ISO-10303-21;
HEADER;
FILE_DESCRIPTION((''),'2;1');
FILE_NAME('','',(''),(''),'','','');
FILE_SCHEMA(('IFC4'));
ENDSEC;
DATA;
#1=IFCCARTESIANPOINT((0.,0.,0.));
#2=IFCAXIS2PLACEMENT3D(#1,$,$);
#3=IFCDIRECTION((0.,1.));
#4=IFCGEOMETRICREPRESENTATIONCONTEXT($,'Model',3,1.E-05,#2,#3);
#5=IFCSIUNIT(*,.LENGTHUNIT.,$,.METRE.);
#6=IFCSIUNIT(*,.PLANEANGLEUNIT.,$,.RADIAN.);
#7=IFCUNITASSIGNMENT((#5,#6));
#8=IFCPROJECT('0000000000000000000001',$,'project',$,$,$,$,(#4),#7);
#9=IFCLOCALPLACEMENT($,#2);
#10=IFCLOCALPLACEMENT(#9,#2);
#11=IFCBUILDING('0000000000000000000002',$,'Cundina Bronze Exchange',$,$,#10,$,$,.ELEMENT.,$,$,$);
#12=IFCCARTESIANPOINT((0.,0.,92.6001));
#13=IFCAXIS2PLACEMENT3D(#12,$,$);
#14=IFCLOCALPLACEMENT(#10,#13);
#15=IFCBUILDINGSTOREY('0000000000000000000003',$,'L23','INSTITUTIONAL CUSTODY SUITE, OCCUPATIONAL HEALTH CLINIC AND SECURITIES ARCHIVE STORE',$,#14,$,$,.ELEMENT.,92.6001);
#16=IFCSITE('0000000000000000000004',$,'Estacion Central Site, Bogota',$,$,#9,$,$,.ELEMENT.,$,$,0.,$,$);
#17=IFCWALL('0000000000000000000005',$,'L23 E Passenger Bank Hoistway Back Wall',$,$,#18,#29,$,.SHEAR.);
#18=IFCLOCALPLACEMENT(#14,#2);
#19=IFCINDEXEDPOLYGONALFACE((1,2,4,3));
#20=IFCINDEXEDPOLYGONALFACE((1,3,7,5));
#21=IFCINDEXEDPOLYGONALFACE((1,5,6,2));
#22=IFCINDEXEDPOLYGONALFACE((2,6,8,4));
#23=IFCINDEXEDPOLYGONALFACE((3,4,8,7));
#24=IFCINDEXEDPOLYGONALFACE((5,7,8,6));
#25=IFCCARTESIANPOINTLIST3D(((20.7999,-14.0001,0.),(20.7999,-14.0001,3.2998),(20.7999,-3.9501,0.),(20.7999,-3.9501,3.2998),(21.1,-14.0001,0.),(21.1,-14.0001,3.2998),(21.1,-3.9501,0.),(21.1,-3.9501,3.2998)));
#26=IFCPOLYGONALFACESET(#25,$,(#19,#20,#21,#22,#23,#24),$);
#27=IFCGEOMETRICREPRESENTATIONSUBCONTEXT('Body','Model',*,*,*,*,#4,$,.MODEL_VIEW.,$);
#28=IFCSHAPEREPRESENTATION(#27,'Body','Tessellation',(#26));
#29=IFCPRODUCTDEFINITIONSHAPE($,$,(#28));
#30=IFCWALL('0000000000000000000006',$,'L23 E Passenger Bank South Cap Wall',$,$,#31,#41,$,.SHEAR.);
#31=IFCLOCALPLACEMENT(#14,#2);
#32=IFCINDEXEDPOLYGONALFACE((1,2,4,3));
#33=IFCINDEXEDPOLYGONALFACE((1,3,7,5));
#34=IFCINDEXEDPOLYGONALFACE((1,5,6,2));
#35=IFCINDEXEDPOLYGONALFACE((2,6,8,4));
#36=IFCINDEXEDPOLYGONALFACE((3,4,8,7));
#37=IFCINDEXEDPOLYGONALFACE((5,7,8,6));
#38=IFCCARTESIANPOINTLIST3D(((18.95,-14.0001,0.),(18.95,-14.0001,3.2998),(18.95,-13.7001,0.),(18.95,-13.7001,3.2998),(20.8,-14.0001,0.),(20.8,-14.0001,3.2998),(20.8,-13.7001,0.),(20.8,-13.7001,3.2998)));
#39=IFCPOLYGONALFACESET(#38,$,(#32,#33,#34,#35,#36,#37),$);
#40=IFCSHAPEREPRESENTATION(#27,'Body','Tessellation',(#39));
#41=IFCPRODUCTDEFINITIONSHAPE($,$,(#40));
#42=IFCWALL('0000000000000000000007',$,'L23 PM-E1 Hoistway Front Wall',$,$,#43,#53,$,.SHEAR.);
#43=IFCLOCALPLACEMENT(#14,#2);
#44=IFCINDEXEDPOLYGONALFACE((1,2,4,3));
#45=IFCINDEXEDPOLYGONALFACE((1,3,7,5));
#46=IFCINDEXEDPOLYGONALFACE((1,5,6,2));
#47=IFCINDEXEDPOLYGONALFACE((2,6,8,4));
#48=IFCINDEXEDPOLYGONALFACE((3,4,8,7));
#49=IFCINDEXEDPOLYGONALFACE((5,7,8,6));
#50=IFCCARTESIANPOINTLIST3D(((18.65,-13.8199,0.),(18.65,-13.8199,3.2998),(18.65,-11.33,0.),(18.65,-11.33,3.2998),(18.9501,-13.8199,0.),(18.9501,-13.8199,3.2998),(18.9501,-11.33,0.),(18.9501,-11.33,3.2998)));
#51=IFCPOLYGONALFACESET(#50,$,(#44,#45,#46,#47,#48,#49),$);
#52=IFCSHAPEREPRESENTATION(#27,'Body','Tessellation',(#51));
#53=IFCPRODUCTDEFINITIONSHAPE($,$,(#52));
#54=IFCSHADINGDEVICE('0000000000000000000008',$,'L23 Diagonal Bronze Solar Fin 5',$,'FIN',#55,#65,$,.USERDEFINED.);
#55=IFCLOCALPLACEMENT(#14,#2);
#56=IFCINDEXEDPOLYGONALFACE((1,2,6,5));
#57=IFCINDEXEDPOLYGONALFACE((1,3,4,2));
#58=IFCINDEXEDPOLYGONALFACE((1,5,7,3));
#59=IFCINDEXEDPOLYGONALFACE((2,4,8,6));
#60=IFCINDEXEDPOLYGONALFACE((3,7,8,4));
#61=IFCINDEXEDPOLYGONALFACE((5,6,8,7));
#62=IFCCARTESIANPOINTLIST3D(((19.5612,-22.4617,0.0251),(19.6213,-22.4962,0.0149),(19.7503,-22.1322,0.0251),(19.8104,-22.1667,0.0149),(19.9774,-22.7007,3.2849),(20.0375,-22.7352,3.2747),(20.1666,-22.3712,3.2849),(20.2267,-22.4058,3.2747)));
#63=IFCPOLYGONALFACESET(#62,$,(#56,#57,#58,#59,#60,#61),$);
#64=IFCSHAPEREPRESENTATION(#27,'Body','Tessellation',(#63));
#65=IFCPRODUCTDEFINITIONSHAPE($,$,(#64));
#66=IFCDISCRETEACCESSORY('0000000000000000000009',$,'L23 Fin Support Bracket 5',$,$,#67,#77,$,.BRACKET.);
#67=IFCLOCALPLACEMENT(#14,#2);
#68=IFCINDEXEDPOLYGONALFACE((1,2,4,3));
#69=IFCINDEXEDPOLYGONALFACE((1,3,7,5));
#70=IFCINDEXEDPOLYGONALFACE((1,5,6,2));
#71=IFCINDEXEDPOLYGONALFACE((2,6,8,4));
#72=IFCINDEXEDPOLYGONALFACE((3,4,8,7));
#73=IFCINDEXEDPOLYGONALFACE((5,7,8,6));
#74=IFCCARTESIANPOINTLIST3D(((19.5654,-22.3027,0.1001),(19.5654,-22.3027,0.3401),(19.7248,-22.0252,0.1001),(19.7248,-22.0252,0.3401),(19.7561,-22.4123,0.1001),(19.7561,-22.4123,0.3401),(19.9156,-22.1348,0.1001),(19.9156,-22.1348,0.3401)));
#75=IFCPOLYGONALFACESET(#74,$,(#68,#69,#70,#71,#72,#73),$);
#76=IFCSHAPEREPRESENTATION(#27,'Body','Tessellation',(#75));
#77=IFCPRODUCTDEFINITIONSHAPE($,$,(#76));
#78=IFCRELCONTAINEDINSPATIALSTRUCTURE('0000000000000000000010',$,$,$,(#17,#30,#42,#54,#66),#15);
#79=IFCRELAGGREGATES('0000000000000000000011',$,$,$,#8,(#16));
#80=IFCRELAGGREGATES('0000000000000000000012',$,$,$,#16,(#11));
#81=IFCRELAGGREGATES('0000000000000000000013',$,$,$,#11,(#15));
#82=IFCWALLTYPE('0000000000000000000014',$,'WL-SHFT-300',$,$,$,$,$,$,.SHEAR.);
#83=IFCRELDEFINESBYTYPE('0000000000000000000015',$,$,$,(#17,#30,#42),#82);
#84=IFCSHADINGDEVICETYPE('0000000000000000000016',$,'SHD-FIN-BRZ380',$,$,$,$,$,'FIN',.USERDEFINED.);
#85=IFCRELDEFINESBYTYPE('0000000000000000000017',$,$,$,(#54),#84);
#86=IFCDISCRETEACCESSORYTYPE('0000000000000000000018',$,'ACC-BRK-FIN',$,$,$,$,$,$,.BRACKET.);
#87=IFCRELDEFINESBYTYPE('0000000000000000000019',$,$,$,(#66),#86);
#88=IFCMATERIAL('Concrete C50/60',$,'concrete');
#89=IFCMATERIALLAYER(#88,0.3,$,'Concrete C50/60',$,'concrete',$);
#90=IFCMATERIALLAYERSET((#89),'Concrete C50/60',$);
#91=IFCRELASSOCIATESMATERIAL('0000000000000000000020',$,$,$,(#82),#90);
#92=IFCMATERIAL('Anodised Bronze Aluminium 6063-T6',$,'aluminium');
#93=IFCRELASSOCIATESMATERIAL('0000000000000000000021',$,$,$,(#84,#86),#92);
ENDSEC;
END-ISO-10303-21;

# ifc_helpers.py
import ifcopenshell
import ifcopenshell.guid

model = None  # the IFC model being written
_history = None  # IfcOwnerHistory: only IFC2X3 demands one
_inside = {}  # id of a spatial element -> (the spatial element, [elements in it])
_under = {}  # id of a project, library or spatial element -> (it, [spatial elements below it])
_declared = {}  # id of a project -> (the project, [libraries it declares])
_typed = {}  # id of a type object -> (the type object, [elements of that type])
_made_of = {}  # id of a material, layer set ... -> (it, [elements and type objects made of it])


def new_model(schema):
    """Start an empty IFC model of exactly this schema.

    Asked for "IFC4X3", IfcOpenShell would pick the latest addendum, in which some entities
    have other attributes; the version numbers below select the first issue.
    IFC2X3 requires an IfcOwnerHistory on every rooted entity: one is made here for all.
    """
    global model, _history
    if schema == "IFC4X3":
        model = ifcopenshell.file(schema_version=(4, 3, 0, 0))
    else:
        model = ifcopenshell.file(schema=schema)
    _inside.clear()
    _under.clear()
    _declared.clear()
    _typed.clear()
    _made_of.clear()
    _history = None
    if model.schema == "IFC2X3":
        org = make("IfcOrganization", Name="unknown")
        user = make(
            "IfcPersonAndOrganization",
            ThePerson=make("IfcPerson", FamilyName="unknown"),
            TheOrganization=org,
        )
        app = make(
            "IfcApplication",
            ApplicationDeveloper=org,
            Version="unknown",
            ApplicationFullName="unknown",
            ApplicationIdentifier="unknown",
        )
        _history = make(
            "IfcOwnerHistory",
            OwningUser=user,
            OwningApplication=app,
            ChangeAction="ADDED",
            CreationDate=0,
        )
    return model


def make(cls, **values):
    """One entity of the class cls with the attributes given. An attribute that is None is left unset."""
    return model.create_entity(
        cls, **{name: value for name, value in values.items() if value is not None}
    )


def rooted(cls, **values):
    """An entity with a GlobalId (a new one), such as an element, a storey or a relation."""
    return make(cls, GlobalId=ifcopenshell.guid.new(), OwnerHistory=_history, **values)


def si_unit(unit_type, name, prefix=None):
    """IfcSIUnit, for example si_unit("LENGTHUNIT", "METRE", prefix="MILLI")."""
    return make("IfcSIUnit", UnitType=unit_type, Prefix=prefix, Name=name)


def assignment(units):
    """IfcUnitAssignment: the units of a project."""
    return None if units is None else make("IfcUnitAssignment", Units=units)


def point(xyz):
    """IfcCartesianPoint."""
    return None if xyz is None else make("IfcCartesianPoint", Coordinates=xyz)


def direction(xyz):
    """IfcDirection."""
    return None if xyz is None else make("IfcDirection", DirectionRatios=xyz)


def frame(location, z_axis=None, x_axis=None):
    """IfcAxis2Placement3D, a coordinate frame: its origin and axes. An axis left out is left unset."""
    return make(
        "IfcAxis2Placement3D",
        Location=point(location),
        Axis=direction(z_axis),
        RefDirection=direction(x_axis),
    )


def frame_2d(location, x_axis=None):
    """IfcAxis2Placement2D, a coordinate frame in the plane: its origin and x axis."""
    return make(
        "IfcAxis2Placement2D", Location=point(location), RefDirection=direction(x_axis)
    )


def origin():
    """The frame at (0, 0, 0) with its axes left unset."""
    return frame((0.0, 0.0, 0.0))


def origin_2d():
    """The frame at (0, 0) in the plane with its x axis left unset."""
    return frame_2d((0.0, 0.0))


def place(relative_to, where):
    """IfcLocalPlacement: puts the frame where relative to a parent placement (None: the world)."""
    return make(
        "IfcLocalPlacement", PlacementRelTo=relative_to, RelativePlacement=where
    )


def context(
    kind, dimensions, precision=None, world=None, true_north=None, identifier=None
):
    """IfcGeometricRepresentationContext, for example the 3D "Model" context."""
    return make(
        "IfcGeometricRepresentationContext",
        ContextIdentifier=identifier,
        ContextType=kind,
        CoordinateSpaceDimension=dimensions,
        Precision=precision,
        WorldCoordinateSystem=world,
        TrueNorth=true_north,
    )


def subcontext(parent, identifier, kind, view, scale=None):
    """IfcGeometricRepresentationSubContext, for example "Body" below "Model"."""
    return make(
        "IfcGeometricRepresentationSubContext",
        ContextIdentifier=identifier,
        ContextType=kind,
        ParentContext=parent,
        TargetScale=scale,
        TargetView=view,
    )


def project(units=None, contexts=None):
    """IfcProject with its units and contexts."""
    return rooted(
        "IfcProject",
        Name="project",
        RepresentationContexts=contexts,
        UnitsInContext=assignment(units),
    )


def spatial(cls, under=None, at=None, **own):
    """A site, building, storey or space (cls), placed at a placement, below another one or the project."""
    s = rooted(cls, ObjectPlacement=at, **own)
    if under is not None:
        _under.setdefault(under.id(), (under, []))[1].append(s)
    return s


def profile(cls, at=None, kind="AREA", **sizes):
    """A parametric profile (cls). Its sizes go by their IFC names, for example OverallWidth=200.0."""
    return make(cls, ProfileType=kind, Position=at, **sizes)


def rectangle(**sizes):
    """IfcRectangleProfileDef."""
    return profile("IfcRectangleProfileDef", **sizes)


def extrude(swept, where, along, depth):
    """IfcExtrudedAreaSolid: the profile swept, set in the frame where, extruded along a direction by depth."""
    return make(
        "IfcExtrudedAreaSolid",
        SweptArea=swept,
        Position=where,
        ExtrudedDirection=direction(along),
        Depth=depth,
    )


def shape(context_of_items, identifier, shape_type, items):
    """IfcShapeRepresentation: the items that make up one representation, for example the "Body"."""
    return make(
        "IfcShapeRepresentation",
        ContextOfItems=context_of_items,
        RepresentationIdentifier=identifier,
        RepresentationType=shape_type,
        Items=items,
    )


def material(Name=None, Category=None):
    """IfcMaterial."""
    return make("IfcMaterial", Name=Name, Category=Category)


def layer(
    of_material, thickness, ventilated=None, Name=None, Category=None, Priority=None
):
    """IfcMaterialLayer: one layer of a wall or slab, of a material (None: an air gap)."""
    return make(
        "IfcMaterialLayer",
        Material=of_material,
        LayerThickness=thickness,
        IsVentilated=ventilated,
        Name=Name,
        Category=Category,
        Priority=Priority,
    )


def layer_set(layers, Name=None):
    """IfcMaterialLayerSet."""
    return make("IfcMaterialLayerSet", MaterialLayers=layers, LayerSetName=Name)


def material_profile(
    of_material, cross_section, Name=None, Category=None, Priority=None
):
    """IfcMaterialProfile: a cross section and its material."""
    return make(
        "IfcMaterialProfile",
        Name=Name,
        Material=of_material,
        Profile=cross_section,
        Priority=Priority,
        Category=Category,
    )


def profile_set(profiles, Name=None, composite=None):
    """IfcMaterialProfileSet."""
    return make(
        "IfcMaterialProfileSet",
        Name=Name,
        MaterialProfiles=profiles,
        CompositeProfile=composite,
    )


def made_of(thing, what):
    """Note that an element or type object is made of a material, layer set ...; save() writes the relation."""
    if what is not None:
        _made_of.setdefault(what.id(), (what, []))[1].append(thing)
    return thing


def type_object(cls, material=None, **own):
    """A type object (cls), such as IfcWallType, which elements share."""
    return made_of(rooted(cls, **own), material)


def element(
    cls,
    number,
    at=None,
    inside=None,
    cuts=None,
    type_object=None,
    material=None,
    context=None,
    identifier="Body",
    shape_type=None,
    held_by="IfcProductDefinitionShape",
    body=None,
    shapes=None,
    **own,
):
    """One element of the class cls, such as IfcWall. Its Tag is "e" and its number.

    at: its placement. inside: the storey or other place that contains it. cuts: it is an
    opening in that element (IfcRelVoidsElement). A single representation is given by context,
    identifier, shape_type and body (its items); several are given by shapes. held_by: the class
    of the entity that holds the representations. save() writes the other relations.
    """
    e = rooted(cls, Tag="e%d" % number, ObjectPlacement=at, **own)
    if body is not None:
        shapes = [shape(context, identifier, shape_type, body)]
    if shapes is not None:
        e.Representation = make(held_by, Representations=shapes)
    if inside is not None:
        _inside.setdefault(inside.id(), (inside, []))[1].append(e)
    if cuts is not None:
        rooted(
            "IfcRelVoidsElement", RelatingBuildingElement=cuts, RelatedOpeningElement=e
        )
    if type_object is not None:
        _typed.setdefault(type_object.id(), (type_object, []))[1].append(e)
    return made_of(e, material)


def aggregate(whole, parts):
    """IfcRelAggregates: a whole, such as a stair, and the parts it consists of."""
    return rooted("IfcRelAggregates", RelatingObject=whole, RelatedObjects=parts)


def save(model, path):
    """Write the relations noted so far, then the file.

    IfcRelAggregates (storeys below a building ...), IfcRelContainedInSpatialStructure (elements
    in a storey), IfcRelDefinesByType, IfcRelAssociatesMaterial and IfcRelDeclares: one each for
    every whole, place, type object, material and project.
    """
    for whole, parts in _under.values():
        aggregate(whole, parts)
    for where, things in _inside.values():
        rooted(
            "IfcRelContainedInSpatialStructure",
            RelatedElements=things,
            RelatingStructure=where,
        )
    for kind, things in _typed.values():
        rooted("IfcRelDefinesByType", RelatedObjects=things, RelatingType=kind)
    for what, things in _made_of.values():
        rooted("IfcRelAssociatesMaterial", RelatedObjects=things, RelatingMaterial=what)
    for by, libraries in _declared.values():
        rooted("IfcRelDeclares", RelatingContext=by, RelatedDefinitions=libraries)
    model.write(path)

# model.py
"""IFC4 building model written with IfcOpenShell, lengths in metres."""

from ifc_helpers import new_model, si_unit, direction, frame, frame_2d, origin, origin_2d, place, context, subcontext, project, spatial, rectangle, extrude, material, layer, layer_set, material_profile, profile_set, type_object, element, save


model = new_model("IFC4")

# Units and contexts
model_context = context("Model", 3, precision=1e-05, world=origin(), true_north=direction((0.0, 1.0)))
body_context = subcontext(model_context, "Body", "Model", "MODEL_VIEW")
ifc_project = project(units=[si_unit("LENGTHUNIT", "METRE"), si_unit("PLANEANGLEUNIT", "RADIAN")], contexts=[model_context])

# Site, building, storey
site_placement = place(None, origin())
site = spatial("IfcSite", under=ifc_project, at=site_placement, Name="Estacion Central Site, Bogota", CompositionType="ELEMENT", RefElevation=0.0)
building_placement = place(site_placement, origin())
building = spatial("IfcBuilding", under=site, at=building_placement, Name="Cundina Bronze Exchange", CompositionType="ELEMENT")
storey_placement = place(building_placement, frame((0.0, 0.0, 92.6001)))
storey = spatial("IfcBuildingStorey", under=building, at=storey_placement, Name="L23", Description="INSTITUTIONAL CUSTODY SUITE, OCCUPATIONAL HEALTH CLINIC AND SECURITIES ARCHIVE STORE", CompositionType="ELEMENT", Elevation=92.6001)

# Shared definitions
ifc_material_1 = material(Name="Anodised Bronze Aluminium 6063-T6", Category="aluminium")

# Walls
ifc_material_2 = material(Name="Concrete C50/60", Category="concrete")
ifc_layer_1 = layer(ifc_material_2, 0.3, Name="Concrete C50/60", Category="concrete")
ifc_layer_set_1 = layer_set([ifc_layer_1], Name="Concrete C50/60")
wall_type_1 = type_object("IfcWallType", Name="WL-SHFT-300", PredefinedType="SHEAR", material=ifc_layer_set_1)
wall_1_placement = place(storey_placement, frame((20.95, -14.0, 0.0), z_axis=(0.0, 0.0, 1.0), x_axis=(0.0, 1.0, 0.0)))
element("IfcWall", 1, at=wall_1_placement, inside=storey, type_object=wall_type_1, Name="L23 E Passenger Bank Hoistway Back Wall", PredefinedType="SHEAR", context=body_context, shape_type="SweptSolid", body=[
    extrude(rectangle(XDim=10.05, YDim=0.3, at=frame_2d((5.0249, 0.0))), origin(), (0.0, 0.0, 1.0), 3.2998),
])
wall_2_placement = place(storey_placement, frame((18.95, -13.8501, 0.0), z_axis=(0.0, 0.0, 1.0), x_axis=(1.0, 0.0, 0.0)))
element("IfcWall", 2, at=wall_2_placement, inside=storey, type_object=wall_type_1, Name="L23 E Passenger Bank South Cap Wall", PredefinedType="SHEAR", context=body_context, shape_type="SweptSolid", body=[
    extrude(rectangle(XDim=1.8501, YDim=0.3, at=frame_2d((0.925, 0.0))), origin(), (0.0, 0.0, 1.0), 3.2998),
])
wall_3_placement = place(storey_placement, frame((18.8, -13.8201, 0.0), z_axis=(0.0, 0.0, 1.0), x_axis=(0.0, 1.0, 0.0)))
element("IfcWall", 3, at=wall_3_placement, inside=storey, type_object=wall_type_1, Name="L23 PM-E1 Hoistway Front Wall", PredefinedType="SHEAR", context=body_context, shape_type="SweptSolid", body=[
    extrude(rectangle(XDim=2.49, YDim=0.3, at=frame_2d((1.2451, 0.0))), origin(), (0.0, 0.0, 1.0), 3.2998),
])

# Shading device
ifc_material_profile_1 = material_profile(ifc_material_1, rectangle(XDim=0.0701, YDim=0.3799, at=origin_2d()), Name="FIN70X380", Category="aluminium")
ifc_profile_set_1 = profile_set([ifc_material_profile_1], Name="Anodised Bronze Aluminium 6063-T6")
shading_device_type = type_object("IfcShadingDeviceType", Name="SHD-FIN-BRZ380", ElementType="FIN", PredefinedType="USERDEFINED", material=ifc_profile_set_1)
shading_device_placement = place(storey_placement, frame((19.6858, -22.3142, 0.02), z_axis=(0.126334, -0.07254, 0.989332), x_axis=(-0.857957, 0.492633, 0.145679)))
element("IfcShadingDevice", 4, at=shading_device_placement, inside=storey, type_object=shading_device_type, Name="L23 Diagonal Bronze Solar Fin 5", ObjectType="FIN", PredefinedType="USERDEFINED", context=body_context, shape_type="SweptSolid", body=[
    extrude(rectangle(XDim=0.0701, YDim=0.3799, at=origin_2d()), origin(), (0.0, 0.0, 1.0), 3.2949),
])

# Discrete accessory
discrete_accessory_type = type_object("IfcDiscreteAccessoryType", Name="ACC-BRK-FIN", PredefinedType="BRACKET", material=ifc_material_1)
discrete_accessory_placement = place(storey_placement, frame((19.7405, -22.2188, 0.1001), z_axis=(0.0, 0.0, 1.0), x_axis=(0.867105, -0.498125, 0.0)))
element("IfcDiscreteAccessory", 5, at=discrete_accessory_placement, inside=storey, type_object=discrete_accessory_type, Name="L23 Fin Support Bracket 5", PredefinedType="BRACKET", context=body_context, shape_type="SweptSolid", body=[
    extrude(rectangle(XDim=0.22, YDim=0.3201, at=origin_2d()), origin(), (0.0, 0.0, 1.0), 0.24),
])

save(model, "model.ifc")
